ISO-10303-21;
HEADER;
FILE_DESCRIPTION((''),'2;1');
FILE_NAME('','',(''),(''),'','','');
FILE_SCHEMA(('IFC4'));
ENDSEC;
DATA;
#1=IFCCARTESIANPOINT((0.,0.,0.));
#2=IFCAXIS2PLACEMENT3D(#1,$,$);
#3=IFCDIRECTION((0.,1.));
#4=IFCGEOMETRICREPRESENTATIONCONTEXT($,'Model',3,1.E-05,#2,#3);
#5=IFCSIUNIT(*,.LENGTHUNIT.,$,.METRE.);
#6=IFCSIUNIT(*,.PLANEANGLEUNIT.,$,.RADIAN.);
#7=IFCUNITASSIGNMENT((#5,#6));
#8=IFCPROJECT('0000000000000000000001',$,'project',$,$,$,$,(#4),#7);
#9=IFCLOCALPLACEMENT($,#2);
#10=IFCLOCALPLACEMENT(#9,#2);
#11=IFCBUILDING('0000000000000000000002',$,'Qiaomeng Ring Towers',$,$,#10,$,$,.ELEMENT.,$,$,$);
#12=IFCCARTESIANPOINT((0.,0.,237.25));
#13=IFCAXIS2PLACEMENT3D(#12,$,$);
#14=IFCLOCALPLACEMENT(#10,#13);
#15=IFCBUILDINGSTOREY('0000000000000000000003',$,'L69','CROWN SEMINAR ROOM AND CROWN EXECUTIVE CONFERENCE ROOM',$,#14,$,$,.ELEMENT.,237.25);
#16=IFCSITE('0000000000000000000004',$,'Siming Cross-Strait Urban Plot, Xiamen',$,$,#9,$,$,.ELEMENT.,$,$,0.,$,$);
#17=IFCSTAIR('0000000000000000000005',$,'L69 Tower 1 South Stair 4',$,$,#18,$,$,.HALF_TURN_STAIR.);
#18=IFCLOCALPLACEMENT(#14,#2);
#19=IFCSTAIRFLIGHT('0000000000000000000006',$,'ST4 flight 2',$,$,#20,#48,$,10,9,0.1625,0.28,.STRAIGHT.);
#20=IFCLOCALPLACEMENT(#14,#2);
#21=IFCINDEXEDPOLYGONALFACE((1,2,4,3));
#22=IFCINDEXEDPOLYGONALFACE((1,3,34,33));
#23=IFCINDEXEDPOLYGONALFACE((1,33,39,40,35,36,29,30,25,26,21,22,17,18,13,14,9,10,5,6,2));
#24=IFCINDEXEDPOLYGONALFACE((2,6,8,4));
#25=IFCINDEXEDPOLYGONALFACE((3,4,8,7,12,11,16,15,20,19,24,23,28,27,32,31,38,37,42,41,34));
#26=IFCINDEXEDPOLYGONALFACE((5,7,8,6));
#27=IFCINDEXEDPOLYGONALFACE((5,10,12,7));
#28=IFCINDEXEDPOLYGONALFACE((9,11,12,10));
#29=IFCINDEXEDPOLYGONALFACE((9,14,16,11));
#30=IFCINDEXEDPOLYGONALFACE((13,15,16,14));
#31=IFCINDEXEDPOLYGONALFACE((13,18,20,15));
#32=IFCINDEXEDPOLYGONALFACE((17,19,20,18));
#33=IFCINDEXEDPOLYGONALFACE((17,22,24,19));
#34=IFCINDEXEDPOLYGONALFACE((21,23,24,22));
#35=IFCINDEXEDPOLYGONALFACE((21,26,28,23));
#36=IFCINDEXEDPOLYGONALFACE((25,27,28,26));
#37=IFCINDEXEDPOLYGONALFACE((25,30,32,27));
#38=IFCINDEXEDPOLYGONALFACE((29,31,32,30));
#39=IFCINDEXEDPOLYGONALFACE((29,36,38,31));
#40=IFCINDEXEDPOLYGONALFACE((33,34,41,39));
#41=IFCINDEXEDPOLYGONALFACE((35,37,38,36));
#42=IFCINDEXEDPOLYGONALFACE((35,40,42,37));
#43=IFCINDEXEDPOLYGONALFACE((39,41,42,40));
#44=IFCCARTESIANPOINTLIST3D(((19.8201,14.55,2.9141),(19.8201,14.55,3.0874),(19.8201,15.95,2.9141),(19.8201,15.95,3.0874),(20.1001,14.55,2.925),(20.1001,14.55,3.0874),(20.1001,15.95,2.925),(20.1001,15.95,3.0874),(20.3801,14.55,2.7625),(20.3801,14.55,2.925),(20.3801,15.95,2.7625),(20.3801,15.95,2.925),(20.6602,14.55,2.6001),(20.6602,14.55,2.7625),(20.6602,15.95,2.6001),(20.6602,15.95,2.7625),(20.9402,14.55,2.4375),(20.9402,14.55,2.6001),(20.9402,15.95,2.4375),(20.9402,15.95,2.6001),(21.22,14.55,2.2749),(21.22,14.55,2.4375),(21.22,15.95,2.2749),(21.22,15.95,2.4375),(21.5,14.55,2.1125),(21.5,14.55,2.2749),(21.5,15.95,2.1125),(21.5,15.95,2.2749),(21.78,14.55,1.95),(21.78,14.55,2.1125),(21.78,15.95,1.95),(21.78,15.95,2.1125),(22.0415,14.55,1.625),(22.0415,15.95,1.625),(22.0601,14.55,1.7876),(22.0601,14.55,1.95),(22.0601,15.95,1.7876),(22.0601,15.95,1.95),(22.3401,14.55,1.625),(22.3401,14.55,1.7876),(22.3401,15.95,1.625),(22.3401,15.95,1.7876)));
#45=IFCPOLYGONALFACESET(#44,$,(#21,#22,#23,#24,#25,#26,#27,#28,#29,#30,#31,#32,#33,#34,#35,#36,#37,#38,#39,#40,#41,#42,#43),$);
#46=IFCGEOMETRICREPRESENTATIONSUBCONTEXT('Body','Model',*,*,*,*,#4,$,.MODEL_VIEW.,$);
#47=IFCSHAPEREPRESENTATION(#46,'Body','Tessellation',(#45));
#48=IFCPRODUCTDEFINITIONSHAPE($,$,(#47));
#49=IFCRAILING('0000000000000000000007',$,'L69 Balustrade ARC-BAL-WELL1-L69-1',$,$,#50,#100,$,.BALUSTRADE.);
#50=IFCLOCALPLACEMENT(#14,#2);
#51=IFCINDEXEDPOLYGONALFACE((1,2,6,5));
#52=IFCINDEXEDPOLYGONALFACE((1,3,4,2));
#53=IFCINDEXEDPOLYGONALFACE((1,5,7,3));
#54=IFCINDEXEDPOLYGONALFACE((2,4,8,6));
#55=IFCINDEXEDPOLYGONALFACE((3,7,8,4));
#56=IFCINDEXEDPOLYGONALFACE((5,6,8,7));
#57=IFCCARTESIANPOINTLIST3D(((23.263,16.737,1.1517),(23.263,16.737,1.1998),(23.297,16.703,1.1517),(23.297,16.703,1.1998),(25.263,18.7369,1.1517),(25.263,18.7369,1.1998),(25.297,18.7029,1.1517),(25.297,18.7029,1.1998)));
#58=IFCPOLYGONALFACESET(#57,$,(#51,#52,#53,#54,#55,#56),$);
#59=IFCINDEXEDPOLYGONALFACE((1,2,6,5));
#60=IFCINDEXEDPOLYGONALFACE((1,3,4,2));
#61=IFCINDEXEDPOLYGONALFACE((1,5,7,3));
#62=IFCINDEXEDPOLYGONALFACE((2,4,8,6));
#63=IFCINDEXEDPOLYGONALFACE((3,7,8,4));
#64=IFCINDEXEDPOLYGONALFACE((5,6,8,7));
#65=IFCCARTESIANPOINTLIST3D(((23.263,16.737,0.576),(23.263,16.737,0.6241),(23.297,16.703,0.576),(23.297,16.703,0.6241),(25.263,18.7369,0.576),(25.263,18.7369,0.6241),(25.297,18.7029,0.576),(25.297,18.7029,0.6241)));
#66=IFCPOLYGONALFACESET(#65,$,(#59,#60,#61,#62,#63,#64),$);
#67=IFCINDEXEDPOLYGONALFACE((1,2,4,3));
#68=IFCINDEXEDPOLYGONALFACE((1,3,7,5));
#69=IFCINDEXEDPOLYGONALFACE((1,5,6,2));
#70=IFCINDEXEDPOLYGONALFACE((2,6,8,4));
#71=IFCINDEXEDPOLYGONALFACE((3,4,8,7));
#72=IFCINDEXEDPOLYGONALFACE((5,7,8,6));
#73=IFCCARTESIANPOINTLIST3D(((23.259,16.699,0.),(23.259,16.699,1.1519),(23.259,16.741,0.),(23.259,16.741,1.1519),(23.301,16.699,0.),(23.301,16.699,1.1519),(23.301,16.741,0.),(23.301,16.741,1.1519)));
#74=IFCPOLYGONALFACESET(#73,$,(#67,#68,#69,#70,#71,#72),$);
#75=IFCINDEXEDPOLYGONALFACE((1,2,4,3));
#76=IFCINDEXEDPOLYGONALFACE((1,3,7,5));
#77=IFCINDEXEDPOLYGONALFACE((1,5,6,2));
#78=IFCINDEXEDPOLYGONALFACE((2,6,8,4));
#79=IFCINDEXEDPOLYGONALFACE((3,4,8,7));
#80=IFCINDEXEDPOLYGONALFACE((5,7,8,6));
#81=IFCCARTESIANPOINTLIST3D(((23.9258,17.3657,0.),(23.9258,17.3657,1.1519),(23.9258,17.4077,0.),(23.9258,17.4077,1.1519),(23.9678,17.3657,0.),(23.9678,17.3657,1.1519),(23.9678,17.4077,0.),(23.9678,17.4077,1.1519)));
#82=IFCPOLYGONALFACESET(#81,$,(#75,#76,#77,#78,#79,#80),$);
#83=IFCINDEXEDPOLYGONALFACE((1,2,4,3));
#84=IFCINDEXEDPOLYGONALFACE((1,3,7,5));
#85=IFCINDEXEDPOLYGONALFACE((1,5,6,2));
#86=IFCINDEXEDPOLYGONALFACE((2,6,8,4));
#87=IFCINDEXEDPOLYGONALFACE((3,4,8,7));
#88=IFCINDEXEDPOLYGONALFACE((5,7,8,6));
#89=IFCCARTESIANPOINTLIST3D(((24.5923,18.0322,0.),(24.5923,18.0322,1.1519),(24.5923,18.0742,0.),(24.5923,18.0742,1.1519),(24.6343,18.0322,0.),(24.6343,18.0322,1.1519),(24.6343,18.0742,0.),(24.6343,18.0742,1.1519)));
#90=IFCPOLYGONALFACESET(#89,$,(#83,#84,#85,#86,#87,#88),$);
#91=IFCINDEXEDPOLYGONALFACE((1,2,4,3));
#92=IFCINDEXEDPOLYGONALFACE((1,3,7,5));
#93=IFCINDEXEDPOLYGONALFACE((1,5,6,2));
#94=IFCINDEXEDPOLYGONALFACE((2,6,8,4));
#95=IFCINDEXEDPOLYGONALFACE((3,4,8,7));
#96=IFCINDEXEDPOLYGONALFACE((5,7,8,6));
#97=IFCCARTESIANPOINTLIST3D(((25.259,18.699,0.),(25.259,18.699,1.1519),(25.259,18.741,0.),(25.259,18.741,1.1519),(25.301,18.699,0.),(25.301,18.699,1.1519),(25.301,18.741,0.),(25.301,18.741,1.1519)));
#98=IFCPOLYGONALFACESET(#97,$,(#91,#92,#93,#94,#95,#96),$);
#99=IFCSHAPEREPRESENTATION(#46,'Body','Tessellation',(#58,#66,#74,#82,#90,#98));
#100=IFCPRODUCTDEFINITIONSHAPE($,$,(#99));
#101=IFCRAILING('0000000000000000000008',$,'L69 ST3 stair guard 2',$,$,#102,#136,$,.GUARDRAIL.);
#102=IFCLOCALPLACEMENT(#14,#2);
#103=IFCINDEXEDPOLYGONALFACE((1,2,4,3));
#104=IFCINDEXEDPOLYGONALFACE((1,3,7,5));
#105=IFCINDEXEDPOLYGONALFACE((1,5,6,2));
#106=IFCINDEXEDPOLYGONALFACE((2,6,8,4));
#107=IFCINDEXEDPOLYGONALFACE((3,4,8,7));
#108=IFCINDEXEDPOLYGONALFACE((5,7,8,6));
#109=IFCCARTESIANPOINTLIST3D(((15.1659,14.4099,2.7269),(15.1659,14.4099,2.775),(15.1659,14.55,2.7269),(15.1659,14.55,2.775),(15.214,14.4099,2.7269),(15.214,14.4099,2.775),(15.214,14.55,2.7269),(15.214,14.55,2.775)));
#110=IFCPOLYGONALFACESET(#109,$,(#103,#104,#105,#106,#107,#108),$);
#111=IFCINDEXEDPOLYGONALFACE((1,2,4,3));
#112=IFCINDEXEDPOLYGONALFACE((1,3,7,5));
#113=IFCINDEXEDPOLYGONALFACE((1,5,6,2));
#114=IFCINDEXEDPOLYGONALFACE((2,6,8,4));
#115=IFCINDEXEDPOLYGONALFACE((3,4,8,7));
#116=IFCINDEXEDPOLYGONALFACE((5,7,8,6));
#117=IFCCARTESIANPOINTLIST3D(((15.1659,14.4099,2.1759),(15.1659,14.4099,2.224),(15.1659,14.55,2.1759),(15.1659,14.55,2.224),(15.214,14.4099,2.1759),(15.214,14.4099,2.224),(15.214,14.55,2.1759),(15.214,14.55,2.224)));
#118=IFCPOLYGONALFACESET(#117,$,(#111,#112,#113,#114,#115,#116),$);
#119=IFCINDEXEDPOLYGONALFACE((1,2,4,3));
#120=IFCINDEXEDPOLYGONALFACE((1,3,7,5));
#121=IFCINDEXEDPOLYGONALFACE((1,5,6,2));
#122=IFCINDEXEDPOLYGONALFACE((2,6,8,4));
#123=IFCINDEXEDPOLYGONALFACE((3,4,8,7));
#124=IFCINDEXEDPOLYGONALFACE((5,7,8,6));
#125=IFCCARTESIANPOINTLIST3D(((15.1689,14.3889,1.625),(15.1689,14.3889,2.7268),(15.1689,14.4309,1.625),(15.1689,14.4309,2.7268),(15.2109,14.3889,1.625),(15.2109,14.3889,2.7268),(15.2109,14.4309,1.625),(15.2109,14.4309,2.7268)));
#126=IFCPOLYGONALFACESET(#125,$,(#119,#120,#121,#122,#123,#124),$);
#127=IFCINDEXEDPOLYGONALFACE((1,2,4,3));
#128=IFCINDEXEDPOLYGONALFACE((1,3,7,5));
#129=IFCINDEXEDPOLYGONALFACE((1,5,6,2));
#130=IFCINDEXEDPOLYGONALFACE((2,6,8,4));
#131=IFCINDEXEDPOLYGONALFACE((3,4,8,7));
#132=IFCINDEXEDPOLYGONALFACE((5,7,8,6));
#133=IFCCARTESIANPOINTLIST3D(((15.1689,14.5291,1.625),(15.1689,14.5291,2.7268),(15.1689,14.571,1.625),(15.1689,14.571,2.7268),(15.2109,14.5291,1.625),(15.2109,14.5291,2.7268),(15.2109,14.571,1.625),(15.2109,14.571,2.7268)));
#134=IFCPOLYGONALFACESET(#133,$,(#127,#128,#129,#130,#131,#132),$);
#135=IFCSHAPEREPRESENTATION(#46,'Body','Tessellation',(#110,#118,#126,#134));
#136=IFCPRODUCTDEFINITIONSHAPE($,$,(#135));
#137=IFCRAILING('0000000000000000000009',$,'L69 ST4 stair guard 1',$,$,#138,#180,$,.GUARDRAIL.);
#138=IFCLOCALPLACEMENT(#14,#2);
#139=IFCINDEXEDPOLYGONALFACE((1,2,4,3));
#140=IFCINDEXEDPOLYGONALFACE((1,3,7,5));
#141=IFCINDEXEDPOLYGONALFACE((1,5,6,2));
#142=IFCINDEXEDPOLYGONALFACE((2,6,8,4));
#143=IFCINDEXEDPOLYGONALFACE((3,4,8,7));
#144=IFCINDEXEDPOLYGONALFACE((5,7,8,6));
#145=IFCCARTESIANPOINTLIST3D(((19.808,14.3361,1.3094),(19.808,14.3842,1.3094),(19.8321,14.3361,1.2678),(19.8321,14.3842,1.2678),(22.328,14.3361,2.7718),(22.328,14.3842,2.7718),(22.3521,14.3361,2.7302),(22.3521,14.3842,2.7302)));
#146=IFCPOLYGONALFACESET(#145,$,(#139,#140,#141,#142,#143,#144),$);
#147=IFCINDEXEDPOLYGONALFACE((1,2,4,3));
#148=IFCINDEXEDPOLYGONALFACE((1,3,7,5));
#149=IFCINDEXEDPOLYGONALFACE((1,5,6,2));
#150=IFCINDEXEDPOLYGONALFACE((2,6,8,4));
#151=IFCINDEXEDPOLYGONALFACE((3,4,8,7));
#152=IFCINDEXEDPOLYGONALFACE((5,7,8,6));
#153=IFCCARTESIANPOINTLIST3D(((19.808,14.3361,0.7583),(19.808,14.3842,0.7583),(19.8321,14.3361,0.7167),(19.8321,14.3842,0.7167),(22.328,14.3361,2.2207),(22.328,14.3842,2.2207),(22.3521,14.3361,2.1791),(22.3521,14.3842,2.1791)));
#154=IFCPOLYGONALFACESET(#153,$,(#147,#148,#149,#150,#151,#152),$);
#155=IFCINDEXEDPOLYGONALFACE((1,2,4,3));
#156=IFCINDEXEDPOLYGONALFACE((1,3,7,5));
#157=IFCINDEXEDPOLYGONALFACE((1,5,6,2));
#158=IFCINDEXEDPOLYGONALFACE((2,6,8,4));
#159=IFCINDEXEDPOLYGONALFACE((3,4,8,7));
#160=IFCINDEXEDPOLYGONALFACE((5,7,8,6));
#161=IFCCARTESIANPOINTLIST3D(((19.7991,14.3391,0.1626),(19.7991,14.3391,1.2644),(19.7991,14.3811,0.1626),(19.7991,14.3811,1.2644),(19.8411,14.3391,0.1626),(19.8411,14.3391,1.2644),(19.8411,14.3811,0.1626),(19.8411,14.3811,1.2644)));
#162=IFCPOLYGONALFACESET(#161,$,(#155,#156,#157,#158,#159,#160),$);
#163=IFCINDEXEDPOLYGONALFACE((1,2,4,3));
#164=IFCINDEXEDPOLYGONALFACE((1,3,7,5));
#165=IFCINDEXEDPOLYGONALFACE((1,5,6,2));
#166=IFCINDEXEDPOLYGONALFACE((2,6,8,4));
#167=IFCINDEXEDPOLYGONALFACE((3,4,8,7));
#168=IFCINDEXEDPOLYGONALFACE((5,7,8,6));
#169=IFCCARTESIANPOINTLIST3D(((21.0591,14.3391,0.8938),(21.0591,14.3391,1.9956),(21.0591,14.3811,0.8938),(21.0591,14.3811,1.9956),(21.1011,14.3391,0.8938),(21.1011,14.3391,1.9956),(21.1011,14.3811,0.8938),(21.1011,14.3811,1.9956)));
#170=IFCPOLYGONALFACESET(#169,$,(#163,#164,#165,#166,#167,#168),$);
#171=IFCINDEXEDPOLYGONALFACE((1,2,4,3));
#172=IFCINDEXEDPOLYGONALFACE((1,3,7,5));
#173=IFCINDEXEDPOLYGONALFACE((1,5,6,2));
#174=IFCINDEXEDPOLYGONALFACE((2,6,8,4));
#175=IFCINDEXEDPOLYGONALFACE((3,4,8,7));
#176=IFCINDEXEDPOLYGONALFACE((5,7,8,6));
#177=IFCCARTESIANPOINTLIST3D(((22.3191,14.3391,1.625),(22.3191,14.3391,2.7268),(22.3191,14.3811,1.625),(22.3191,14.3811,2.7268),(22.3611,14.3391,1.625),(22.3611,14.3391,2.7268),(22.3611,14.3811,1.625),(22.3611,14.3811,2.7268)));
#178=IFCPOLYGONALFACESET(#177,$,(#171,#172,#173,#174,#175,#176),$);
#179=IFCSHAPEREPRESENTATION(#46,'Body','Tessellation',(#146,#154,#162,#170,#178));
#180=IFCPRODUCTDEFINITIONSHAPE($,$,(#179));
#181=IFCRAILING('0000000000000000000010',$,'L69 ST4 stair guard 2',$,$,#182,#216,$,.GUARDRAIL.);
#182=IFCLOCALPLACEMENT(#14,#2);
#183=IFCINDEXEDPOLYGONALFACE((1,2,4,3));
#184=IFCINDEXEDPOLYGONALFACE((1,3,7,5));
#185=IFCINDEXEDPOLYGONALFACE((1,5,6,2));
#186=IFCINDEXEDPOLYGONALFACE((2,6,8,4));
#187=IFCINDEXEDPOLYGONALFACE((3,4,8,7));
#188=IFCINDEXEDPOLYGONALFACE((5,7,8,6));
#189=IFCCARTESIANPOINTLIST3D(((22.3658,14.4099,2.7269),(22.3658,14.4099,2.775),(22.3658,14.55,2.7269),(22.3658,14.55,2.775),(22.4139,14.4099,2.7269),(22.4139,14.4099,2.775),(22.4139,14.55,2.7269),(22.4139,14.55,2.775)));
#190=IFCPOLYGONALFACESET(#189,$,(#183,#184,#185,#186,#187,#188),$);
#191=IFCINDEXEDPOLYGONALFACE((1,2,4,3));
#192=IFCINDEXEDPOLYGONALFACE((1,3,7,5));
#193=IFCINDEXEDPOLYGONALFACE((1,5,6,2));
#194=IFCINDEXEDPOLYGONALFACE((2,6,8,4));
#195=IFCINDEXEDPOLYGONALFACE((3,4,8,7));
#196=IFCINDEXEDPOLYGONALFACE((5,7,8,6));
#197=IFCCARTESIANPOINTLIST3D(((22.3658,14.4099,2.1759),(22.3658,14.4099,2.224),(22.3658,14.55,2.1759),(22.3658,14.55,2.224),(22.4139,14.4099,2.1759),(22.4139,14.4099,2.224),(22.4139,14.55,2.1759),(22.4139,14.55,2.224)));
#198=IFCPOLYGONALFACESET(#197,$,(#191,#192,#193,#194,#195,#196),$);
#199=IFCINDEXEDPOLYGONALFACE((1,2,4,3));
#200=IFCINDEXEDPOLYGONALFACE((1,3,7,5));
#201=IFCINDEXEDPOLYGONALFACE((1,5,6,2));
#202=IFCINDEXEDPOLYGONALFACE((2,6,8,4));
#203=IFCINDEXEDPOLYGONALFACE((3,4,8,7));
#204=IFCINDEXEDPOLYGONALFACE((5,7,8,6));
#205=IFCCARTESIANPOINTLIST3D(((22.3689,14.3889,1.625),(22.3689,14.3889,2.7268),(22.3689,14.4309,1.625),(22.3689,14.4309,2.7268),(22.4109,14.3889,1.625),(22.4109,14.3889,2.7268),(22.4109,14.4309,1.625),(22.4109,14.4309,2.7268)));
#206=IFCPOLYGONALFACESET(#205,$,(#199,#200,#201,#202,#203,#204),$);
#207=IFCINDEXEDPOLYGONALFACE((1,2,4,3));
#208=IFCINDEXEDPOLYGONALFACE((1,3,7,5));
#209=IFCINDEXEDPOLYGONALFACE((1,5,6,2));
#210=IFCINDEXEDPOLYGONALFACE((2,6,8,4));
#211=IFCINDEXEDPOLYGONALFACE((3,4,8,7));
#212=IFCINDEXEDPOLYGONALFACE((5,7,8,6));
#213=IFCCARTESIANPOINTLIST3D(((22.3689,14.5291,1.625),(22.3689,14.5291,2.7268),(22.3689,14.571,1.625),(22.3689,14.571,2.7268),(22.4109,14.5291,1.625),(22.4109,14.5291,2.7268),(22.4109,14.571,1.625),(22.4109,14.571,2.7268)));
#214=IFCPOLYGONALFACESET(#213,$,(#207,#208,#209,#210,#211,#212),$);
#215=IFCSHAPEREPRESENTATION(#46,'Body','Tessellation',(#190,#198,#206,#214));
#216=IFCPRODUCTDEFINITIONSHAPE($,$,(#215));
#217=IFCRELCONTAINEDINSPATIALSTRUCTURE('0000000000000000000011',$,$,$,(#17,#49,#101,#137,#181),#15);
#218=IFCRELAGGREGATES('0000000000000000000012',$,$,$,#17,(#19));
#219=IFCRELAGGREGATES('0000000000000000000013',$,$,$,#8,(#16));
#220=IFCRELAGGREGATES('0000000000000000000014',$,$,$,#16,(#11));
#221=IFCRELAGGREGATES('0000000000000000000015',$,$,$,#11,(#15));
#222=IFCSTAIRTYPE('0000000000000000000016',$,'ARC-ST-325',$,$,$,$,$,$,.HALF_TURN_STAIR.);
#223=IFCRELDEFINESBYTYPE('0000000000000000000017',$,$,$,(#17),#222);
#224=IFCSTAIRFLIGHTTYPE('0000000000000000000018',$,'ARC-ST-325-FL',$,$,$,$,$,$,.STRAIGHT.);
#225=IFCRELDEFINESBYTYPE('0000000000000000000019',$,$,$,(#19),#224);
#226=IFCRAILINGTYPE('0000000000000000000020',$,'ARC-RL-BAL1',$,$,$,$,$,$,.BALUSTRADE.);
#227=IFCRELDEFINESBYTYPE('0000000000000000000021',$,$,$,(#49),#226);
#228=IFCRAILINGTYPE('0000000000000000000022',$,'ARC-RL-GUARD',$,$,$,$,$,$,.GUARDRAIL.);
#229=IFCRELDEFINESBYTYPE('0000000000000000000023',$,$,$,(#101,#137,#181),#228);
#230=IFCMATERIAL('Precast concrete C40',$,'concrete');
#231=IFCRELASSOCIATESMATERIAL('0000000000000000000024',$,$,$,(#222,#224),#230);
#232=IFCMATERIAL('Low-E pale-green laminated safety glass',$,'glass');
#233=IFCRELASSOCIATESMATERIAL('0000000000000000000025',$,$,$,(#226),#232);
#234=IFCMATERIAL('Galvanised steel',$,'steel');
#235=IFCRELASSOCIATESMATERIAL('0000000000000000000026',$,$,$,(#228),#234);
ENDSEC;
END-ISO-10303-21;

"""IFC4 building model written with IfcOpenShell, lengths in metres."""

from ifc_helpers import new_model, si_unit, direction, frame, origin, origin_2d, place, context, subcontext, project, spatial, polyline, rectangle, outline, extrude, source, transform, mapped, material, type_object, element, aggregate, save


model = new_model("IFC4")

# Units and contexts
model_context = context("Model", 3, precision=1e-05, world=origin(), true_north=direction((0.0, 1.0)))
body_context = subcontext(model_context, "Body", "Model", "MODEL_VIEW")
ifc_project = project(units=[si_unit("LENGTHUNIT", "METRE"), si_unit("PLANEANGLEUNIT", "RADIAN")], contexts=[model_context])

# Site, building, storey
site_placement = place(None, origin())
site = spatial("IfcSite", under=ifc_project, at=site_placement, Name="Siming Cross-Strait Urban Plot, Xiamen", CompositionType="ELEMENT", RefElevation=0.0)
building_placement = place(site_placement, origin())
building = spatial("IfcBuilding", under=site, at=building_placement, Name="Qiaomeng Ring Towers", CompositionType="ELEMENT")
storey_placement = place(building_placement, frame((0.0, 0.0, 237.25)))
storey = spatial("IfcBuildingStorey", under=building, at=storey_placement, Name="L69", Description="CROWN SEMINAR ROOM AND CROWN EXECUTIVE CONFERENCE ROOM", CompositionType="ELEMENT", Elevation=237.25)

# Shared definitions
ifc_material_1 = material(Name="Galvanised steel", Category="steel")

# Stair, stair flight
ifc_material_2 = material(Name="Precast concrete C40", Category="concrete")
stair_type = type_object("IfcStairType", Name="ARC-ST-325", PredefinedType="HALF_TURN_STAIR", material=ifc_material_2)
stair_placement = place(storey_placement, origin())
stair = element("IfcStair", 1, at=stair_placement, inside=storey, type_object=stair_type, Name="L69 Tower 1 South Stair 4", PredefinedType="HALF_TURN_STAIR")
stair_flight_type = type_object("IfcStairFlightType", Name="ARC-ST-325-FL", PredefinedType="STRAIGHT", material=ifc_material_2)
shared_shape_1 = source(origin(), body_context, "Body", "SweptSolid", [
    extrude(outline(polyline([(0.0, 0.0), (0.0, 0.1626), (0.28, 0.1626), (0.28, 0.325), (0.5601, 0.325), (0.5601, 0.4875), (0.8401, 0.4875), (0.8401, 0.6499), (1.1201, 0.6499), (1.1201, 0.8125), (1.3999, 0.8125), (1.3999, 0.9751), (1.6799, 0.9751), (1.6799, 1.1375), (1.96, 1.1375), (1.96, 1.3), (2.24, 1.3), (2.24, 1.4624), (2.52, 1.4624), (2.52, 1.625), (2.52, 1.2891), (0.2986, 0.0), (0.0, 0.0)])), frame((0.0, 0.7, 0.0), z_axis=(0.0, -1.0, 0.0), x_axis=(1.0, 0.0, 0.0)), (0.0, 0.0, 1.0), 1.3999),
])
stair_flight_1_placement = place(storey_placement, frame((22.3401, 15.25, 1.625), z_axis=(0.0, 0.0, 1.0), x_axis=(-1.0, 0.0, 0.0)))
stair_flight_1 = element("IfcStairFlight", 2, at=stair_flight_1_placement, type_object=stair_flight_type, Name="ST4 flight 2", NumberOfRisers=10, NumberOfTreads=9, PredefinedType="STRAIGHT", RiserHeight=0.1625, TreadLength=0.28, context=body_context, shape_type="MappedRepresentation", body=[
    mapped(shared_shape_1, transform((0.0, 0.0, 0.0), x_axis=(1.0, 0.0, 0.0), y_axis=(0.0, 1.0, 0.0), z_axis=(0.0, 0.0, 1.0), scale=1.0)),
])
aggregate(stair, [stair_flight_1])

# Railings
ifc_material_3 = material(Name="Low-E pale-green laminated safety glass", Category="glass")
railing_type_1 = type_object("IfcRailingType", Name="ARC-RL-BAL1", PredefinedType="BALUSTRADE", material=ifc_material_3)
railing_1_placement = place(storey_placement, frame((23.28, 16.72, 0.0)))
element("IfcRailing", 3, at=railing_1_placement, inside=storey, type_object=railing_type_1, Name="L69 Balustrade ARC-BAL-WELL1-L69-1", PredefinedType="BALUSTRADE", context=body_context, shape_type="SweptSolid", body=[
    extrude(rectangle(XDim=0.0481, YDim=0.0481, at=origin_2d()), frame((0.0, 0.0, 1.1758), z_axis=(0.707107, 0.707107, 0.0), x_axis=(-0.707107, 0.707107, 0.0)), (0.0, 0.0, 1.0), 2.8284),
    extrude(rectangle(XDim=0.0481, YDim=0.0481, at=origin_2d()), frame((0.0, 0.0, 0.6001), z_axis=(0.707107, 0.707107, 0.0), x_axis=(-0.707107, 0.707107, 0.0)), (0.0, 0.0, 1.0), 2.8284),
    extrude(rectangle(XDim=0.042, YDim=0.042, at=origin_2d()), origin(), (0.0, 0.0, 1.0), 1.1519),
    extrude(rectangle(XDim=0.042, YDim=0.042, at=origin_2d()), frame((0.6667, 0.6667, 0.0)), (0.0, 0.0, 1.0), 1.1519),
    extrude(rectangle(XDim=0.042, YDim=0.042, at=origin_2d()), frame((1.3333, 1.3333, 0.0)), (0.0, 0.0, 1.0), 1.1519),
    extrude(rectangle(XDim=0.042, YDim=0.042, at=origin_2d()), frame((2.0, 2.0, 0.0)), (0.0, 0.0, 1.0), 1.1519),
])
railing_type_2 = type_object("IfcRailingType", Name="ARC-RL-GUARD", PredefinedType="GUARDRAIL", material=ifc_material_1)
railing_2_placement = place(storey_placement, frame((15.1899, 14.4099, 1.625)))
element("IfcRailing", 4, at=railing_2_placement, inside=storey, type_object=railing_type_2, Name="L69 ST3 stair guard 2", PredefinedType="GUARDRAIL", context=body_context, shape_type="SweptSolid", body=[
    extrude(rectangle(XDim=0.0481, YDim=0.0481, at=origin_2d()), frame((0.0, 0.0, 1.126), z_axis=(0.0, 1.0, 0.0), x_axis=(-1.0, 0.0, 0.0)), (0.0, 0.0, 1.0), 0.1401),
    extrude(rectangle(XDim=0.0481, YDim=0.0481, at=origin_2d()), frame((0.0, 0.0, 0.575), z_axis=(0.0, 1.0, 0.0), x_axis=(-1.0, 0.0, 0.0)), (0.0, 0.0, 1.0), 0.1401),
    extrude(rectangle(XDim=0.042, YDim=0.042, at=origin_2d()), origin(), (0.0, 0.0, 1.0), 1.1018),
    extrude(rectangle(XDim=0.042, YDim=0.042, at=origin_2d()), frame((0.0, 0.1401, 0.0)), (0.0, 0.0, 1.0), 1.1018),
])
railing_3_placement = place(storey_placement, frame((19.8201, 14.3601, 0.1626)))
element("IfcRailing", 5, at=railing_3_placement, inside=storey, type_object=railing_type_2, Name="L69 ST4 stair guard 1", PredefinedType="GUARDRAIL", context=body_context, shape_type="SweptSolid", body=[
    extrude(rectangle(XDim=0.0481, YDim=0.0481, at=origin_2d()), frame((0.0, 0.0, 1.126), z_axis=(0.864913, 0.0, 0.501921), x_axis=(0.0, 1.0, 0.0)), (0.0, 0.0, 1.0), 2.9136),
    extrude(rectangle(XDim=0.0481, YDim=0.0481, at=origin_2d()), frame((0.0, 0.0, 0.575), z_axis=(0.864913, 0.0, 0.501921), x_axis=(0.0, 1.0, 0.0)), (0.0, 0.0, 1.0), 2.9136),
    extrude(rectangle(XDim=0.042, YDim=0.042, at=origin_2d()), origin(), (0.0, 0.0, 1.0), 1.1018),
    extrude(rectangle(XDim=0.042, YDim=0.042, at=origin_2d()), frame((1.26, 0.0, 0.7312)), (0.0, 0.0, 1.0), 1.1018),
    extrude(rectangle(XDim=0.042, YDim=0.042, at=origin_2d()), frame((2.52, 0.0, 1.4624)), (0.0, 0.0, 1.0), 1.1018),
])
railing_4_placement = place(storey_placement, frame((22.3899, 14.4099, 1.625)))
element("IfcRailing", 6, at=railing_4_placement, inside=storey, type_object=railing_type_2, Name="L69 ST4 stair guard 2", PredefinedType="GUARDRAIL", context=body_context, shape_type="SweptSolid", body=[
    extrude(rectangle(XDim=0.0481, YDim=0.0481, at=origin_2d()), frame((0.0, 0.0, 1.126), z_axis=(0.0, 1.0, 0.0), x_axis=(-1.0, 0.0, 0.0)), (0.0, 0.0, 1.0), 0.1401),
    extrude(rectangle(XDim=0.0481, YDim=0.0481, at=origin_2d()), frame((0.0, 0.0, 0.575), z_axis=(0.0, 1.0, 0.0), x_axis=(-1.0, 0.0, 0.0)), (0.0, 0.0, 1.0), 0.1401),
    extrude(rectangle(XDim=0.042, YDim=0.042, at=origin_2d()), origin(), (0.0, 0.0, 1.0), 1.1018),
    extrude(rectangle(XDim=0.042, YDim=0.042, at=origin_2d()), frame((0.0, 0.1401, 0.0)), (0.0, 0.0, 1.0), 1.1018),
])

save(model, "model.ifc")
